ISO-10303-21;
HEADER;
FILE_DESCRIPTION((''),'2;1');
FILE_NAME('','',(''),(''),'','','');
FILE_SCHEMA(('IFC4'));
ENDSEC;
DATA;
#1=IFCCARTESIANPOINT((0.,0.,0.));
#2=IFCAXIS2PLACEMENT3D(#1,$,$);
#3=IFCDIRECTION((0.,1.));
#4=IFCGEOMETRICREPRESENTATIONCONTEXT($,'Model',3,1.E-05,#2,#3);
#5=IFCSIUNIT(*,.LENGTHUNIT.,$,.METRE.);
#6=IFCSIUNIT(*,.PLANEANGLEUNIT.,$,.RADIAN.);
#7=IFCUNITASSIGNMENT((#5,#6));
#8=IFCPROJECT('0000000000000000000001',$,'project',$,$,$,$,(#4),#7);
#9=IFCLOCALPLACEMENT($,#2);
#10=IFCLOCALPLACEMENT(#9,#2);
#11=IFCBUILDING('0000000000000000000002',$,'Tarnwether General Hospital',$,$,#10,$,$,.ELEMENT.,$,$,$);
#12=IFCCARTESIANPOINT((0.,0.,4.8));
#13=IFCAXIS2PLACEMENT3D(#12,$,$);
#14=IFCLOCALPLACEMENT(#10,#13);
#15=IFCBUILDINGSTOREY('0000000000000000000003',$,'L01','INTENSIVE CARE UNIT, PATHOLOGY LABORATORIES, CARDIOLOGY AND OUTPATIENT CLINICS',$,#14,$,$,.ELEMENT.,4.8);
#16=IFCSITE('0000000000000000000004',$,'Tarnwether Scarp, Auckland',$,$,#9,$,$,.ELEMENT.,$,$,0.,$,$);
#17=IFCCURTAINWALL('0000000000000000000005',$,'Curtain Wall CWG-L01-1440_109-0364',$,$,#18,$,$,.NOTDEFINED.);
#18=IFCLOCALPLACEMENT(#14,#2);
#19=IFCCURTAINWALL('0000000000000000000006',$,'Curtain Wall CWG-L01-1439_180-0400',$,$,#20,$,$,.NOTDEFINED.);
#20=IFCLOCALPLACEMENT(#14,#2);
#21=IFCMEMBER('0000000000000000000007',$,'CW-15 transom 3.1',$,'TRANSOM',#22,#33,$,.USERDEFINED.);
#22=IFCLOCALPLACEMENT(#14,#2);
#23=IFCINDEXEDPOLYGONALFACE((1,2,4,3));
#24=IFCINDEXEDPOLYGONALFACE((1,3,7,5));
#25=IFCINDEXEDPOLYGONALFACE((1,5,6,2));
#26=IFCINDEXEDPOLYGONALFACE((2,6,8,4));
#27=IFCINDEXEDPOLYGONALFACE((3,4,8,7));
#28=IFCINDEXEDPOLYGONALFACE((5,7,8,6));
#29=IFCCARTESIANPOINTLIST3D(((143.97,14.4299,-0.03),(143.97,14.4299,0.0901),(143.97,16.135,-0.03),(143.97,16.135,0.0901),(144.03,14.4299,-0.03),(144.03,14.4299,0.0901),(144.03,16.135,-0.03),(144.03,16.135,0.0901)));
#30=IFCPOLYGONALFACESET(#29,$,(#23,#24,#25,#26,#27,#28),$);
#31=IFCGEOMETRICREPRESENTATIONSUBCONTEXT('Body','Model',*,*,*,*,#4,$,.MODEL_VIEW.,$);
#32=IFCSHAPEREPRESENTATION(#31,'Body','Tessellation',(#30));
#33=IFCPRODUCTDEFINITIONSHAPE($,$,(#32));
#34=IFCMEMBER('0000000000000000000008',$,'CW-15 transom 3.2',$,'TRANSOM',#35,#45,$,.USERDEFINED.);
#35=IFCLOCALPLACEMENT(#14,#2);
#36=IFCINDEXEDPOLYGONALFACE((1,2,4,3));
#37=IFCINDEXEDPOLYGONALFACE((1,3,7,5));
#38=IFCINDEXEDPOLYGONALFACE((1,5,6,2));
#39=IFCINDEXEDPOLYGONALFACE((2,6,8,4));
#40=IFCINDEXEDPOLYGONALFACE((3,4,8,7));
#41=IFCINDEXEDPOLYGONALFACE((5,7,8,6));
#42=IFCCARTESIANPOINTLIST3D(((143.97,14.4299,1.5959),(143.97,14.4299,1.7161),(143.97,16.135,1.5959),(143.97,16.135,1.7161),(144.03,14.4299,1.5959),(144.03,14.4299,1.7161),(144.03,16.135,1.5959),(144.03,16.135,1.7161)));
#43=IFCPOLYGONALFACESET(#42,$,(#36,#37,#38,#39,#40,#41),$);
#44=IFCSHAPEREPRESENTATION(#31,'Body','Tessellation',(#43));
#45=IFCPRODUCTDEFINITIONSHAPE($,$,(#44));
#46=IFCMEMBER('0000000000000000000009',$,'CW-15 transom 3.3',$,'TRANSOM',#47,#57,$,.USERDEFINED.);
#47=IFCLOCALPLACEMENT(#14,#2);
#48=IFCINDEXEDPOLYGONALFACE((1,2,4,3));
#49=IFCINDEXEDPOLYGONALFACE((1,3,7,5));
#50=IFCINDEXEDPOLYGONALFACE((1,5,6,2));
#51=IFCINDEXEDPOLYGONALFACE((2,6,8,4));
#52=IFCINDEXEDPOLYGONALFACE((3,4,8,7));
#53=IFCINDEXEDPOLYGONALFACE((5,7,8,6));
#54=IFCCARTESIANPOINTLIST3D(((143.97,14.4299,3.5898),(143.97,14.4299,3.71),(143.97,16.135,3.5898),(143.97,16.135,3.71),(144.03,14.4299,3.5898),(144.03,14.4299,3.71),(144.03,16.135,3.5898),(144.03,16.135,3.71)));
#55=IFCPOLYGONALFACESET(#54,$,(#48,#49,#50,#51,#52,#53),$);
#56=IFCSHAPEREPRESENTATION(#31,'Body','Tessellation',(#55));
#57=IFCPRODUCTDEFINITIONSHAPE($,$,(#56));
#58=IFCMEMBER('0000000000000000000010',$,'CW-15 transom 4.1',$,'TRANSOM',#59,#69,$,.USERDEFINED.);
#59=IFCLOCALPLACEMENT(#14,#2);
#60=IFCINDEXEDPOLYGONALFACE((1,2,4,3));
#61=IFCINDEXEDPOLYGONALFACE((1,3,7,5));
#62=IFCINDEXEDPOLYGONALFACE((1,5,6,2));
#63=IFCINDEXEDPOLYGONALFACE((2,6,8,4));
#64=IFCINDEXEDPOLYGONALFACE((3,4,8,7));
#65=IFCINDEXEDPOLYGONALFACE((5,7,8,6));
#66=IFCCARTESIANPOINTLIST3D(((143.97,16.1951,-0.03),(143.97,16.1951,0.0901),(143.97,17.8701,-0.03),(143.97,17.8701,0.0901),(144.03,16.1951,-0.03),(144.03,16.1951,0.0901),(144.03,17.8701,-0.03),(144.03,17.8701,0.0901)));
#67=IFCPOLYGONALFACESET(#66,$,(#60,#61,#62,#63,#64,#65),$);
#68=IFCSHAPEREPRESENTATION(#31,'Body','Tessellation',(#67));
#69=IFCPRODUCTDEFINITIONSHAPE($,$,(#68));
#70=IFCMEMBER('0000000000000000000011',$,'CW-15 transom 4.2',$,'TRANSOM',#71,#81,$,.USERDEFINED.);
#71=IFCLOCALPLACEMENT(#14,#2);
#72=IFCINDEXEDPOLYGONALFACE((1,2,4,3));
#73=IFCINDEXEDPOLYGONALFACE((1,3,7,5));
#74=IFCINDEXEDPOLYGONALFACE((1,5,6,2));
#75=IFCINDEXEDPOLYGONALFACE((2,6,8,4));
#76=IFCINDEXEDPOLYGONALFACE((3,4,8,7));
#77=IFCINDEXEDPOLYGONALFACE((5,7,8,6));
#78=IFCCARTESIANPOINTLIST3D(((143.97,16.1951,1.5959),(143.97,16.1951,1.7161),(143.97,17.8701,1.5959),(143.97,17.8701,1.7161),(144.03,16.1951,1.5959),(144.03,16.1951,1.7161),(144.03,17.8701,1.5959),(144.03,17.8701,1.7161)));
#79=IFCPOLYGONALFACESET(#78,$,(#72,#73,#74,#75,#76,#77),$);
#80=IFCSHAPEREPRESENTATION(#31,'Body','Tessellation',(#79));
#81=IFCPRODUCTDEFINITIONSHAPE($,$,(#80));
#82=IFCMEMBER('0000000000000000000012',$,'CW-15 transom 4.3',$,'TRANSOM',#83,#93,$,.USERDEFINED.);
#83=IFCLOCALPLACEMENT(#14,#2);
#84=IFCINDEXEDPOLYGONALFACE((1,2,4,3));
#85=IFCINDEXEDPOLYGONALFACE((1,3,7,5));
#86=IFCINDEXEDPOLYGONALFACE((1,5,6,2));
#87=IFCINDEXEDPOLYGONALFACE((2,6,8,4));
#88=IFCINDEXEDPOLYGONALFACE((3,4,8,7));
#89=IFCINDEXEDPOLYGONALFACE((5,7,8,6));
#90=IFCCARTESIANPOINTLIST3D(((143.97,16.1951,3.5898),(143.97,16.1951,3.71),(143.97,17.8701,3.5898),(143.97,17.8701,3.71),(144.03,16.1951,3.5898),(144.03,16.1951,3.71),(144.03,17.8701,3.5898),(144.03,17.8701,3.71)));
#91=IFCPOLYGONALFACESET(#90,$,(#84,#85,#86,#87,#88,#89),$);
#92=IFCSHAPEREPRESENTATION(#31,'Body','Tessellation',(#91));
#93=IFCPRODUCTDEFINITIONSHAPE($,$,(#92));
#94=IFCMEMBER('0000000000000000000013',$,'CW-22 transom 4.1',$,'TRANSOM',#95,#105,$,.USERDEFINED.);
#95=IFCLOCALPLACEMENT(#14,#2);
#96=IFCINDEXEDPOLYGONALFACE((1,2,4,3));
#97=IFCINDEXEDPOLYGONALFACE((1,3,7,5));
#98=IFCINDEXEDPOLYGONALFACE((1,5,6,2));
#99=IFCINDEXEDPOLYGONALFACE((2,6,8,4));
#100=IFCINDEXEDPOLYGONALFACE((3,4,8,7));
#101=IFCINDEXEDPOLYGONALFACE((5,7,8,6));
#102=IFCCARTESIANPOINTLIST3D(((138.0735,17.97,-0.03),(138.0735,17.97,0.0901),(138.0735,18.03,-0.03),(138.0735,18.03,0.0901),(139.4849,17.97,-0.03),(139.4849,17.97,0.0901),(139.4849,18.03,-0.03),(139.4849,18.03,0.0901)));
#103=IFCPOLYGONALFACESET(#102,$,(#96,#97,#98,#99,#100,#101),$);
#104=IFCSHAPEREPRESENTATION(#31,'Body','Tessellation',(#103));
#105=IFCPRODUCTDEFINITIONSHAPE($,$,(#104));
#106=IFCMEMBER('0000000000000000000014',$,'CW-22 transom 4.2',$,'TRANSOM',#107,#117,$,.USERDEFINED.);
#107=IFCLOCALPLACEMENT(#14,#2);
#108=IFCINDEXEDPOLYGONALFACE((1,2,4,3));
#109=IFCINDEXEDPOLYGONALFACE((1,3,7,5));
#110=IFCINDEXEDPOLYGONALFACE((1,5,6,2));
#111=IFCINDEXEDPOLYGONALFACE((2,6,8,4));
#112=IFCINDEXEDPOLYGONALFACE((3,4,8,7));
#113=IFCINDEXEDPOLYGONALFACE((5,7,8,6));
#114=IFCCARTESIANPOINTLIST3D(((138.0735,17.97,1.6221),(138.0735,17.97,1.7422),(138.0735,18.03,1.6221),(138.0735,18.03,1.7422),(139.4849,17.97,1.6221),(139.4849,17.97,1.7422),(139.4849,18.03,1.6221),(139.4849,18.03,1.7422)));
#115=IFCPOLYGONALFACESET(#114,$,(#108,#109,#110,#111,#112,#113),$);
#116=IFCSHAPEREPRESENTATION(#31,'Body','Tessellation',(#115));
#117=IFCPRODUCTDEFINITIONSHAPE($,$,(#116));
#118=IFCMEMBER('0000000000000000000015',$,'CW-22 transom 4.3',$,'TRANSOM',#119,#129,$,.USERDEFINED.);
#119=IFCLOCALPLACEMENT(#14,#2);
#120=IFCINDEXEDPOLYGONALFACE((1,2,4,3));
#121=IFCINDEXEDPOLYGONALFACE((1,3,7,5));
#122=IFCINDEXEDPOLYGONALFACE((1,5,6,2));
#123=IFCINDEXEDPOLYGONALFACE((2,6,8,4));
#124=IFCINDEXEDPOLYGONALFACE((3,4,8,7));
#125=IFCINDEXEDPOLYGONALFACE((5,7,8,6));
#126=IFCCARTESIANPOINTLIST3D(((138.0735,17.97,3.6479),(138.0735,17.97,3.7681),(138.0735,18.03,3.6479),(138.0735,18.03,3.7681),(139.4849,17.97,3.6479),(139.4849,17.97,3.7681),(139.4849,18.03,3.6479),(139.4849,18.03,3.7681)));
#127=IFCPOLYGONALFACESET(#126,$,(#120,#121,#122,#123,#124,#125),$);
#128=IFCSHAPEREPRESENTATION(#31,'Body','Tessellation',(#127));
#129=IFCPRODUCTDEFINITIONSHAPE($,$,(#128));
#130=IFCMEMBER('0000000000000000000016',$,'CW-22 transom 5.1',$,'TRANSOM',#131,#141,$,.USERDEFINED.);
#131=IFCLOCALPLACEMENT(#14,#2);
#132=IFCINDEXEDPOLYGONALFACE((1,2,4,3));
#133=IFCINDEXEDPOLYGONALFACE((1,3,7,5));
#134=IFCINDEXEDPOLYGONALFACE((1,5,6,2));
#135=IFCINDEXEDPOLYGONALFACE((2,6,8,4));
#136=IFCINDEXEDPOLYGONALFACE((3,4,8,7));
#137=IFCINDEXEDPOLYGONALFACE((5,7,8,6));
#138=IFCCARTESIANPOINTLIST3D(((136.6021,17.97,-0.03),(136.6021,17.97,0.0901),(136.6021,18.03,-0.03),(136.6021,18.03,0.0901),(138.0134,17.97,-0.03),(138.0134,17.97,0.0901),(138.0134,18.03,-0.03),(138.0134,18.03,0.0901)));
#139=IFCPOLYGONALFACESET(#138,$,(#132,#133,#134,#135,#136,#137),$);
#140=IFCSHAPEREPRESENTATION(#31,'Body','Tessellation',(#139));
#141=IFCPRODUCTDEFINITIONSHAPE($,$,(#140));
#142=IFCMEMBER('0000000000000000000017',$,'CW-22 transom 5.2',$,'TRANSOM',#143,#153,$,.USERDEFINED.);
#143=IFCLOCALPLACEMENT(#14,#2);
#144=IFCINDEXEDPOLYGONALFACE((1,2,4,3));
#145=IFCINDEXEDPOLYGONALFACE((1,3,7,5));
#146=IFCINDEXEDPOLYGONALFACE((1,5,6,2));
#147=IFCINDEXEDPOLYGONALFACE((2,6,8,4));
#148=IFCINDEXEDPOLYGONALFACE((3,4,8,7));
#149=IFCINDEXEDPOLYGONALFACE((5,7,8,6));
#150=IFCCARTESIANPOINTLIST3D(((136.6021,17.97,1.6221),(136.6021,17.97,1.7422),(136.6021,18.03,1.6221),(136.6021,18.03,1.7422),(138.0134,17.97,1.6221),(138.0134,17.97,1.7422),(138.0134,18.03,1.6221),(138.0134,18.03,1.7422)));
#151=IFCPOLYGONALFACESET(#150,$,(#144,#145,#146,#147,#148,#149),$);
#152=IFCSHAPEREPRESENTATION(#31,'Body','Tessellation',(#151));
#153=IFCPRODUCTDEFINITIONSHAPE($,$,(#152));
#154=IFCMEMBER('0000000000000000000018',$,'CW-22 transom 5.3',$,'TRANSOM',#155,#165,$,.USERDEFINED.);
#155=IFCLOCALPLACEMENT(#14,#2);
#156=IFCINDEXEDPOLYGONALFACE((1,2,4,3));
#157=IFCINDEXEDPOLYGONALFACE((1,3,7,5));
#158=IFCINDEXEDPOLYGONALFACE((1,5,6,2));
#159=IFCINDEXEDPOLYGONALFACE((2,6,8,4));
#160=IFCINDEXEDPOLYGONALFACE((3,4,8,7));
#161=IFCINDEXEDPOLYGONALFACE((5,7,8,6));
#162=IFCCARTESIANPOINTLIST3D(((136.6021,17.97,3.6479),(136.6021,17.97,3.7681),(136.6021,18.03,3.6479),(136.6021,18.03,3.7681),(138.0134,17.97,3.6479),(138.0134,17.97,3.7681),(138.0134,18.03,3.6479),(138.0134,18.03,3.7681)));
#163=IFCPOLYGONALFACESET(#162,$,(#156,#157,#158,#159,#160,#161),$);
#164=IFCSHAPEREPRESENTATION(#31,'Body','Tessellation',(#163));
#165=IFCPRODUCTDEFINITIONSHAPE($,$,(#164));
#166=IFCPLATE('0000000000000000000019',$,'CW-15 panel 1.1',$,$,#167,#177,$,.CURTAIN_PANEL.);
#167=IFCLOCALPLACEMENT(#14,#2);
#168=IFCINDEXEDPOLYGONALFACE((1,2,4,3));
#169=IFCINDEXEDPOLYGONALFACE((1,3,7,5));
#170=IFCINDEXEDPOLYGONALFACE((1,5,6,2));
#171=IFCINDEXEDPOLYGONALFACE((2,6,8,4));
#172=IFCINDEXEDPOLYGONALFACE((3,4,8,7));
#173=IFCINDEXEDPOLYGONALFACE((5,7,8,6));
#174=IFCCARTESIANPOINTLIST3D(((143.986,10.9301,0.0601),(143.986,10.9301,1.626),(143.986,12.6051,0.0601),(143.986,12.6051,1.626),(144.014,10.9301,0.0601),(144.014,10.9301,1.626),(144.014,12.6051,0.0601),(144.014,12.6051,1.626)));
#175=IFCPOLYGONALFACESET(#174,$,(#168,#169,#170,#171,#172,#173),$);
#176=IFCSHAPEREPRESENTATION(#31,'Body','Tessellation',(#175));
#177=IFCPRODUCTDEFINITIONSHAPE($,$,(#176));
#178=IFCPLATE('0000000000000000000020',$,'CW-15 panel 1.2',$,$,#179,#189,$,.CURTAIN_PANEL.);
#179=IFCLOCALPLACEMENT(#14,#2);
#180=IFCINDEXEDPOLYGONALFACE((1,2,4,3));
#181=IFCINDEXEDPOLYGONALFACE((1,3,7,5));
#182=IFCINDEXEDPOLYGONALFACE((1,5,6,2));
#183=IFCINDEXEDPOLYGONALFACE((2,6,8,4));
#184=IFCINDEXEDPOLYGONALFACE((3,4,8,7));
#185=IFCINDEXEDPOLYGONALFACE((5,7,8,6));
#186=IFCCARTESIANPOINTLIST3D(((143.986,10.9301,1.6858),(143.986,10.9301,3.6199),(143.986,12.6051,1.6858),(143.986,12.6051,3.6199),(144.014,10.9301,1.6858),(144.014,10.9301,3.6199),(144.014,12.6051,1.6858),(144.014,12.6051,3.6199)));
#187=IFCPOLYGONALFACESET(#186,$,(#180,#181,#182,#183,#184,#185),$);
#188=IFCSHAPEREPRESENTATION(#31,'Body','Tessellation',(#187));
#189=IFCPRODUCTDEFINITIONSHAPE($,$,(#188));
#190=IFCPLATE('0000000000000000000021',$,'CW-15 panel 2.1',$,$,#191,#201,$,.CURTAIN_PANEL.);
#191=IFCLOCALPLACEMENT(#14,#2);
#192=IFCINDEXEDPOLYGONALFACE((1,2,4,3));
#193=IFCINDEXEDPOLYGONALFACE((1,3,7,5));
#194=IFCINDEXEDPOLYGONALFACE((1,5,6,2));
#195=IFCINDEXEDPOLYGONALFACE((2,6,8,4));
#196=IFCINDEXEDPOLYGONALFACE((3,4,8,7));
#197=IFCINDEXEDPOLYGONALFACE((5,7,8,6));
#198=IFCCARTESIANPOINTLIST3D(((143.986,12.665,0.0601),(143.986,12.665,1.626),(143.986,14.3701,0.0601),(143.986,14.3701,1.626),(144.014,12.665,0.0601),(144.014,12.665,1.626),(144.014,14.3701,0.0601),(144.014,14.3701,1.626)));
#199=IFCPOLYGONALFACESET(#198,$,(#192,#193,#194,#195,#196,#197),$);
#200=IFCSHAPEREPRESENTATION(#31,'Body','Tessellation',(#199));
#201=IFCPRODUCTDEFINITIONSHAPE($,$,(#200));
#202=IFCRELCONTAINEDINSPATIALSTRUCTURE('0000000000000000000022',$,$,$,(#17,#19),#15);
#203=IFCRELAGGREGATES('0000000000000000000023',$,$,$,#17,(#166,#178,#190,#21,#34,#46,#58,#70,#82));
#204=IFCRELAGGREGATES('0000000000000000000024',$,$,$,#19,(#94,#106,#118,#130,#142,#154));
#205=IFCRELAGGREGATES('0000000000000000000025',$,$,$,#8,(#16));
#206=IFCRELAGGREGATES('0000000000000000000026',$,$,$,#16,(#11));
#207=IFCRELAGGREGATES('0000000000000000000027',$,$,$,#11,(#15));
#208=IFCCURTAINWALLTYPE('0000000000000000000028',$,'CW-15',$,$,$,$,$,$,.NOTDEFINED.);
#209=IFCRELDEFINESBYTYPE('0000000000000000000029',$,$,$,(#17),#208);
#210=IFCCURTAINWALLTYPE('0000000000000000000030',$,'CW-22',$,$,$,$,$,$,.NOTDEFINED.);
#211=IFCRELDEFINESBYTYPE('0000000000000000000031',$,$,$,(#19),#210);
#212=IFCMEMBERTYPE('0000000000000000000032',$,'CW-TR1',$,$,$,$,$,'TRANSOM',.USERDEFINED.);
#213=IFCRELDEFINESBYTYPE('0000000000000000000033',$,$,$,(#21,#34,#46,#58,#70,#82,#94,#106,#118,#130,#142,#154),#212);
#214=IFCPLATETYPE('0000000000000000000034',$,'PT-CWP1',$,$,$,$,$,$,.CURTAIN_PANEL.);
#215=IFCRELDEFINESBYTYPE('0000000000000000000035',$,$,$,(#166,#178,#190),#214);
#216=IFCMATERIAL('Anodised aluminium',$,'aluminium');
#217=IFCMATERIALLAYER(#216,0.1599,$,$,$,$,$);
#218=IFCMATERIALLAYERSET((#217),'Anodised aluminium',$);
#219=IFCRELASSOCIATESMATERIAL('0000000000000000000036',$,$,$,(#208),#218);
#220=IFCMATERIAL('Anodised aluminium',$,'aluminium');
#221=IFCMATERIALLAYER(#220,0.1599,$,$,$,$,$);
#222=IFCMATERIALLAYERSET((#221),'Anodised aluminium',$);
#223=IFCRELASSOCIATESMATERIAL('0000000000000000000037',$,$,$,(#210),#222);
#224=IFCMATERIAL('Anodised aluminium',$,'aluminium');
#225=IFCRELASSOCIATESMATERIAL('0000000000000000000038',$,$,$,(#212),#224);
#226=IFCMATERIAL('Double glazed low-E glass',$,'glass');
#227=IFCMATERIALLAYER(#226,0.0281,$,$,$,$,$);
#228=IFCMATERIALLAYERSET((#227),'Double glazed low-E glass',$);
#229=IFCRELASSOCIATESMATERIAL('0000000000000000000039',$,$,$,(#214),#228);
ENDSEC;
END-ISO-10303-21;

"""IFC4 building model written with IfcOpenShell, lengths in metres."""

from ifc_helpers import new_model, si_unit, direction, frame, origin, origin_2d, place, context, subcontext, project, spatial, rectangle, extrude, material, layer, layer_set, material_profile, profile_set, type_object, element, aggregate, save


model = new_model("IFC4")

# Units and contexts
model_context = context("Model", 3, precision=1e-05, world=origin(), true_north=direction((0.0, 1.0)))
body_context = subcontext(model_context, "Body", "Model", "MODEL_VIEW")
ifc_project = project(units=[si_unit("LENGTHUNIT", "METRE"), si_unit("PLANEANGLEUNIT", "RADIAN")], contexts=[model_context])

# Site, building, storey
site_placement = place(None, origin())
site = spatial("IfcSite", under=ifc_project, at=site_placement, Name="Tarnwether Scarp, Auckland", CompositionType="ELEMENT", RefElevation=0.0)
building_placement = place(site_placement, origin())
building = spatial("IfcBuilding", under=site, at=building_placement, Name="Tarnwether General Hospital", CompositionType="ELEMENT")
storey_placement = place(building_placement, frame((0.0, 0.0, 4.8)))
storey = spatial("IfcBuildingStorey", under=building, at=storey_placement, Name="L01", Description="INTENSIVE CARE UNIT, PATHOLOGY LABORATORIES, CARDIOLOGY AND OUTPATIENT CLINICS", CompositionType="ELEMENT", Elevation=4.8)

# Curtain walls
ifc_material_1 = material(Name="Anodised aluminium", Category="aluminium")
ifc_layer_1 = layer(ifc_material_1, 0.1599)
ifc_layer_set_1 = layer_set([ifc_layer_1], Name="Anodised aluminium")
curtain_wall_type_1 = type_object("IfcCurtainWallType", Name="CW-15", PredefinedType="NOTDEFINED", material=ifc_layer_set_1)
curtain_wall_1_placement = place(storey_placement, origin())
curtain_wall_1 = element("IfcCurtainWall", 1, at=curtain_wall_1_placement, inside=storey, type_object=curtain_wall_type_1, Name="Curtain Wall CWG-L01-1440_109-0364", PredefinedType="NOTDEFINED")
ifc_material_2 = material(Name="Anodised aluminium", Category="aluminium")
ifc_layer_2 = layer(ifc_material_2, 0.1599)
ifc_layer_set_2 = layer_set([ifc_layer_2], Name="Anodised aluminium")
curtain_wall_type_2 = type_object("IfcCurtainWallType", Name="CW-22", PredefinedType="NOTDEFINED", material=ifc_layer_set_2)
curtain_wall_2_placement = place(storey_placement, origin())
curtain_wall_2 = element("IfcCurtainWall", 2, at=curtain_wall_2_placement, inside=storey, type_object=curtain_wall_type_2, Name="Curtain Wall CWG-L01-1439_180-0400", PredefinedType="NOTDEFINED")

# Members
ifc_material_3 = material(Name="Anodised aluminium", Category="aluminium")
ifc_material_profile_1 = material_profile(ifc_material_3, rectangle(XDim=0.0601, YDim=0.1201, at=origin_2d()), Name="ALU-TRN-60x120")
ifc_profile_set_1 = profile_set([ifc_material_profile_1], Name="Anodised aluminium")
member_type_1 = type_object("IfcMemberType", Name="CW-TR1", ElementType="TRANSOM", PredefinedType="USERDEFINED", material=ifc_profile_set_1)
member_1_placement = place(storey_placement, frame((144.0, 14.4299, 0.03), z_axis=(0.0, 1.0, 0.0), x_axis=(-1.0, 0.0, 0.0)))
member_1 = element("IfcMember", 3, at=member_1_placement, type_object=member_type_1, Name="CW-15 transom 3.1", ObjectType="TRANSOM", PredefinedType="USERDEFINED", context=body_context, shape_type="SweptSolid", body=[
    extrude(rectangle(XDim=0.0601, YDim=0.1201, at=origin_2d()), origin(), (0.0, 0.0, 1.0), 1.7051),
])
member_2_placement = place(storey_placement, frame((144.0, 14.4299, 1.656), z_axis=(0.0, 1.0, 0.0), x_axis=(-1.0, 0.0, 0.0)))
member_2 = element("IfcMember", 4, at=member_2_placement, type_object=member_type_1, Name="CW-15 transom 3.2", ObjectType="TRANSOM", PredefinedType="USERDEFINED", context=body_context, shape_type="SweptSolid", body=[
    extrude(rectangle(XDim=0.0601, YDim=0.1201, at=origin_2d()), origin(), (0.0, 0.0, 1.0), 1.7051),
])
member_3_placement = place(storey_placement, frame((144.0, 14.4299, 3.6499), z_axis=(0.0, 1.0, 0.0), x_axis=(-1.0, 0.0, 0.0)))
member_3 = element("IfcMember", 5, at=member_3_placement, type_object=member_type_1, Name="CW-15 transom 3.3", ObjectType="TRANSOM", PredefinedType="USERDEFINED", context=body_context, shape_type="SweptSolid", body=[
    extrude(rectangle(XDim=0.0601, YDim=0.1201, at=origin_2d()), origin(), (0.0, 0.0, 1.0), 1.7051),
])
member_4_placement = place(storey_placement, frame((144.0, 16.1951, 0.03), z_axis=(0.0, 1.0, 0.0), x_axis=(-1.0, 0.0, 0.0)))
member_4 = element("IfcMember", 6, at=member_4_placement, type_object=member_type_1, Name="CW-15 transom 4.1", ObjectType="TRANSOM", PredefinedType="USERDEFINED", context=body_context, shape_type="SweptSolid", body=[
    extrude(rectangle(XDim=0.0601, YDim=0.1201, at=origin_2d()), origin(), (0.0, 0.0, 1.0), 1.675),
])
member_5_placement = place(storey_placement, frame((144.0, 16.1951, 1.656), z_axis=(0.0, 1.0, 0.0), x_axis=(-1.0, 0.0, 0.0)))
member_5 = element("IfcMember", 7, at=member_5_placement, type_object=member_type_1, Name="CW-15 transom 4.2", ObjectType="TRANSOM", PredefinedType="USERDEFINED", context=body_context, shape_type="SweptSolid", body=[
    extrude(rectangle(XDim=0.0601, YDim=0.1201, at=origin_2d()), origin(), (0.0, 0.0, 1.0), 1.675),
])
member_6_placement = place(storey_placement, frame((144.0, 16.1951, 3.6499), z_axis=(0.0, 1.0, 0.0), x_axis=(-1.0, 0.0, 0.0)))
member_6 = element("IfcMember", 8, at=member_6_placement, type_object=member_type_1, Name="CW-15 transom 4.3", ObjectType="TRANSOM", PredefinedType="USERDEFINED", context=body_context, shape_type="SweptSolid", body=[
    extrude(rectangle(XDim=0.0601, YDim=0.1201, at=origin_2d()), origin(), (0.0, 0.0, 1.0), 1.675),
])
member_7_placement = place(storey_placement, frame((139.4849, 18.0, 0.03), z_axis=(-1.0, 0.0, 0.0), x_axis=(0.0, -1.0, 0.0)))
member_7 = element("IfcMember", 9, at=member_7_placement, type_object=member_type_1, Name="CW-22 transom 4.1", ObjectType="TRANSOM", PredefinedType="USERDEFINED", context=body_context, shape_type="SweptSolid", body=[
    extrude(rectangle(XDim=0.0601, YDim=0.1201, at=origin_2d()), origin(), (0.0, 0.0, 1.0), 1.4114),
])
member_8_placement = place(storey_placement, frame((139.4849, 18.0, 1.6821), z_axis=(-1.0, 0.0, 0.0), x_axis=(0.0, -1.0, 0.0)))
member_8 = element("IfcMember", 10, at=member_8_placement, type_object=member_type_1, Name="CW-22 transom 4.2", ObjectType="TRANSOM", PredefinedType="USERDEFINED", context=body_context, shape_type="SweptSolid", body=[
    extrude(rectangle(XDim=0.0601, YDim=0.1201, at=origin_2d()), origin(), (0.0, 0.0, 1.0), 1.4114),
])
member_9_placement = place(storey_placement, frame((139.4849, 18.0, 3.708), z_axis=(-1.0, 0.0, 0.0), x_axis=(0.0, -1.0, 0.0)))
member_9 = element("IfcMember", 11, at=member_9_placement, type_object=member_type_1, Name="CW-22 transom 4.3", ObjectType="TRANSOM", PredefinedType="USERDEFINED", context=body_context, shape_type="SweptSolid", body=[
    extrude(rectangle(XDim=0.0601, YDim=0.1201, at=origin_2d()), origin(), (0.0, 0.0, 1.0), 1.4114),
])
member_10_placement = place(storey_placement, frame((138.0134, 18.0, 0.03), z_axis=(-1.0, 0.0, 0.0), x_axis=(0.0, -1.0, 0.0)))
member_10 = element("IfcMember", 12, at=member_10_placement, type_object=member_type_1, Name="CW-22 transom 5.1", ObjectType="TRANSOM", PredefinedType="USERDEFINED", context=body_context, shape_type="SweptSolid", body=[
    extrude(rectangle(XDim=0.0601, YDim=0.1201, at=origin_2d()), origin(), (0.0, 0.0, 1.0), 1.4114),
])
member_11_placement = place(storey_placement, frame((138.0134, 18.0, 1.6821), z_axis=(-1.0, 0.0, 0.0), x_axis=(0.0, -1.0, 0.0)))
member_11 = element("IfcMember", 13, at=member_11_placement, type_object=member_type_1, Name="CW-22 transom 5.2", ObjectType="TRANSOM", PredefinedType="USERDEFINED", context=body_context, shape_type="SweptSolid", body=[
    extrude(rectangle(XDim=0.0601, YDim=0.1201, at=origin_2d()), origin(), (0.0, 0.0, 1.0), 1.4114),
])
member_12_placement = place(storey_placement, frame((138.0134, 18.0, 3.708), z_axis=(-1.0, 0.0, 0.0), x_axis=(0.0, -1.0, 0.0)))
member_12 = element("IfcMember", 14, at=member_12_placement, type_object=member_type_1, Name="CW-22 transom 5.3", ObjectType="TRANSOM", PredefinedType="USERDEFINED", context=body_context, shape_type="SweptSolid", body=[
    extrude(rectangle(XDim=0.0601, YDim=0.1201, at=origin_2d()), origin(), (0.0, 0.0, 1.0), 1.4114),
])

# Plates
ifc_material_4 = material(Name="Double glazed low-E glass", Category="glass")
ifc_layer_3 = layer(ifc_material_4, 0.0281)
ifc_layer_set_3 = layer_set([ifc_layer_3], Name="Double glazed low-E glass")
plate_type = type_object("IfcPlateType", Name="PT-CWP1", PredefinedType="CURTAIN_PANEL", material=ifc_layer_set_3)
plate_1_placement = place(storey_placement, frame((144.0, 11.7676, 0.0601), z_axis=(0.0, 0.0, 1.0), x_axis=(0.0, 1.0, 0.0)))
plate_1 = element("IfcPlate", 15, at=plate_1_placement, type_object=plate_type, Name="CW-15 panel 1.1", PredefinedType="CURTAIN_PANEL", context=body_context, shape_type="SweptSolid", body=[
    extrude(rectangle(XDim=1.675, YDim=0.0281, at=origin_2d()), origin(), (0.0, 0.0, 1.0), 1.5659),
])
plate_2_placement = place(storey_placement, frame((144.0, 11.7676, 1.6858), z_axis=(0.0, 0.0, 1.0), x_axis=(0.0, 1.0, 0.0)))
plate_2 = element("IfcPlate", 16, at=plate_2_placement, type_object=plate_type, Name="CW-15 panel 1.2", PredefinedType="CURTAIN_PANEL", context=body_context, shape_type="SweptSolid", body=[
    extrude(rectangle(XDim=1.675, YDim=0.0281, at=origin_2d()), origin(), (0.0, 0.0, 1.0), 1.9341),
])
plate_3_placement = place(storey_placement, frame((144.0, 13.5176, 0.0601), z_axis=(0.0, 0.0, 1.0), x_axis=(0.0, 1.0, 0.0)))
plate_3 = element("IfcPlate", 17, at=plate_3_placement, type_object=plate_type, Name="CW-15 panel 2.1", PredefinedType="CURTAIN_PANEL", context=body_context, shape_type="SweptSolid", body=[
    extrude(rectangle(XDim=1.7051, YDim=0.0281, at=origin_2d()), origin(), (0.0, 0.0, 1.0), 1.5659),
])
aggregate(curtain_wall_1, [plate_1, plate_2, plate_3, member_1, member_2, member_3, member_4, member_5, member_6])
aggregate(curtain_wall_2, [member_7, member_8, member_9, member_10, member_11, member_12])

save(model, "model.ifc")
